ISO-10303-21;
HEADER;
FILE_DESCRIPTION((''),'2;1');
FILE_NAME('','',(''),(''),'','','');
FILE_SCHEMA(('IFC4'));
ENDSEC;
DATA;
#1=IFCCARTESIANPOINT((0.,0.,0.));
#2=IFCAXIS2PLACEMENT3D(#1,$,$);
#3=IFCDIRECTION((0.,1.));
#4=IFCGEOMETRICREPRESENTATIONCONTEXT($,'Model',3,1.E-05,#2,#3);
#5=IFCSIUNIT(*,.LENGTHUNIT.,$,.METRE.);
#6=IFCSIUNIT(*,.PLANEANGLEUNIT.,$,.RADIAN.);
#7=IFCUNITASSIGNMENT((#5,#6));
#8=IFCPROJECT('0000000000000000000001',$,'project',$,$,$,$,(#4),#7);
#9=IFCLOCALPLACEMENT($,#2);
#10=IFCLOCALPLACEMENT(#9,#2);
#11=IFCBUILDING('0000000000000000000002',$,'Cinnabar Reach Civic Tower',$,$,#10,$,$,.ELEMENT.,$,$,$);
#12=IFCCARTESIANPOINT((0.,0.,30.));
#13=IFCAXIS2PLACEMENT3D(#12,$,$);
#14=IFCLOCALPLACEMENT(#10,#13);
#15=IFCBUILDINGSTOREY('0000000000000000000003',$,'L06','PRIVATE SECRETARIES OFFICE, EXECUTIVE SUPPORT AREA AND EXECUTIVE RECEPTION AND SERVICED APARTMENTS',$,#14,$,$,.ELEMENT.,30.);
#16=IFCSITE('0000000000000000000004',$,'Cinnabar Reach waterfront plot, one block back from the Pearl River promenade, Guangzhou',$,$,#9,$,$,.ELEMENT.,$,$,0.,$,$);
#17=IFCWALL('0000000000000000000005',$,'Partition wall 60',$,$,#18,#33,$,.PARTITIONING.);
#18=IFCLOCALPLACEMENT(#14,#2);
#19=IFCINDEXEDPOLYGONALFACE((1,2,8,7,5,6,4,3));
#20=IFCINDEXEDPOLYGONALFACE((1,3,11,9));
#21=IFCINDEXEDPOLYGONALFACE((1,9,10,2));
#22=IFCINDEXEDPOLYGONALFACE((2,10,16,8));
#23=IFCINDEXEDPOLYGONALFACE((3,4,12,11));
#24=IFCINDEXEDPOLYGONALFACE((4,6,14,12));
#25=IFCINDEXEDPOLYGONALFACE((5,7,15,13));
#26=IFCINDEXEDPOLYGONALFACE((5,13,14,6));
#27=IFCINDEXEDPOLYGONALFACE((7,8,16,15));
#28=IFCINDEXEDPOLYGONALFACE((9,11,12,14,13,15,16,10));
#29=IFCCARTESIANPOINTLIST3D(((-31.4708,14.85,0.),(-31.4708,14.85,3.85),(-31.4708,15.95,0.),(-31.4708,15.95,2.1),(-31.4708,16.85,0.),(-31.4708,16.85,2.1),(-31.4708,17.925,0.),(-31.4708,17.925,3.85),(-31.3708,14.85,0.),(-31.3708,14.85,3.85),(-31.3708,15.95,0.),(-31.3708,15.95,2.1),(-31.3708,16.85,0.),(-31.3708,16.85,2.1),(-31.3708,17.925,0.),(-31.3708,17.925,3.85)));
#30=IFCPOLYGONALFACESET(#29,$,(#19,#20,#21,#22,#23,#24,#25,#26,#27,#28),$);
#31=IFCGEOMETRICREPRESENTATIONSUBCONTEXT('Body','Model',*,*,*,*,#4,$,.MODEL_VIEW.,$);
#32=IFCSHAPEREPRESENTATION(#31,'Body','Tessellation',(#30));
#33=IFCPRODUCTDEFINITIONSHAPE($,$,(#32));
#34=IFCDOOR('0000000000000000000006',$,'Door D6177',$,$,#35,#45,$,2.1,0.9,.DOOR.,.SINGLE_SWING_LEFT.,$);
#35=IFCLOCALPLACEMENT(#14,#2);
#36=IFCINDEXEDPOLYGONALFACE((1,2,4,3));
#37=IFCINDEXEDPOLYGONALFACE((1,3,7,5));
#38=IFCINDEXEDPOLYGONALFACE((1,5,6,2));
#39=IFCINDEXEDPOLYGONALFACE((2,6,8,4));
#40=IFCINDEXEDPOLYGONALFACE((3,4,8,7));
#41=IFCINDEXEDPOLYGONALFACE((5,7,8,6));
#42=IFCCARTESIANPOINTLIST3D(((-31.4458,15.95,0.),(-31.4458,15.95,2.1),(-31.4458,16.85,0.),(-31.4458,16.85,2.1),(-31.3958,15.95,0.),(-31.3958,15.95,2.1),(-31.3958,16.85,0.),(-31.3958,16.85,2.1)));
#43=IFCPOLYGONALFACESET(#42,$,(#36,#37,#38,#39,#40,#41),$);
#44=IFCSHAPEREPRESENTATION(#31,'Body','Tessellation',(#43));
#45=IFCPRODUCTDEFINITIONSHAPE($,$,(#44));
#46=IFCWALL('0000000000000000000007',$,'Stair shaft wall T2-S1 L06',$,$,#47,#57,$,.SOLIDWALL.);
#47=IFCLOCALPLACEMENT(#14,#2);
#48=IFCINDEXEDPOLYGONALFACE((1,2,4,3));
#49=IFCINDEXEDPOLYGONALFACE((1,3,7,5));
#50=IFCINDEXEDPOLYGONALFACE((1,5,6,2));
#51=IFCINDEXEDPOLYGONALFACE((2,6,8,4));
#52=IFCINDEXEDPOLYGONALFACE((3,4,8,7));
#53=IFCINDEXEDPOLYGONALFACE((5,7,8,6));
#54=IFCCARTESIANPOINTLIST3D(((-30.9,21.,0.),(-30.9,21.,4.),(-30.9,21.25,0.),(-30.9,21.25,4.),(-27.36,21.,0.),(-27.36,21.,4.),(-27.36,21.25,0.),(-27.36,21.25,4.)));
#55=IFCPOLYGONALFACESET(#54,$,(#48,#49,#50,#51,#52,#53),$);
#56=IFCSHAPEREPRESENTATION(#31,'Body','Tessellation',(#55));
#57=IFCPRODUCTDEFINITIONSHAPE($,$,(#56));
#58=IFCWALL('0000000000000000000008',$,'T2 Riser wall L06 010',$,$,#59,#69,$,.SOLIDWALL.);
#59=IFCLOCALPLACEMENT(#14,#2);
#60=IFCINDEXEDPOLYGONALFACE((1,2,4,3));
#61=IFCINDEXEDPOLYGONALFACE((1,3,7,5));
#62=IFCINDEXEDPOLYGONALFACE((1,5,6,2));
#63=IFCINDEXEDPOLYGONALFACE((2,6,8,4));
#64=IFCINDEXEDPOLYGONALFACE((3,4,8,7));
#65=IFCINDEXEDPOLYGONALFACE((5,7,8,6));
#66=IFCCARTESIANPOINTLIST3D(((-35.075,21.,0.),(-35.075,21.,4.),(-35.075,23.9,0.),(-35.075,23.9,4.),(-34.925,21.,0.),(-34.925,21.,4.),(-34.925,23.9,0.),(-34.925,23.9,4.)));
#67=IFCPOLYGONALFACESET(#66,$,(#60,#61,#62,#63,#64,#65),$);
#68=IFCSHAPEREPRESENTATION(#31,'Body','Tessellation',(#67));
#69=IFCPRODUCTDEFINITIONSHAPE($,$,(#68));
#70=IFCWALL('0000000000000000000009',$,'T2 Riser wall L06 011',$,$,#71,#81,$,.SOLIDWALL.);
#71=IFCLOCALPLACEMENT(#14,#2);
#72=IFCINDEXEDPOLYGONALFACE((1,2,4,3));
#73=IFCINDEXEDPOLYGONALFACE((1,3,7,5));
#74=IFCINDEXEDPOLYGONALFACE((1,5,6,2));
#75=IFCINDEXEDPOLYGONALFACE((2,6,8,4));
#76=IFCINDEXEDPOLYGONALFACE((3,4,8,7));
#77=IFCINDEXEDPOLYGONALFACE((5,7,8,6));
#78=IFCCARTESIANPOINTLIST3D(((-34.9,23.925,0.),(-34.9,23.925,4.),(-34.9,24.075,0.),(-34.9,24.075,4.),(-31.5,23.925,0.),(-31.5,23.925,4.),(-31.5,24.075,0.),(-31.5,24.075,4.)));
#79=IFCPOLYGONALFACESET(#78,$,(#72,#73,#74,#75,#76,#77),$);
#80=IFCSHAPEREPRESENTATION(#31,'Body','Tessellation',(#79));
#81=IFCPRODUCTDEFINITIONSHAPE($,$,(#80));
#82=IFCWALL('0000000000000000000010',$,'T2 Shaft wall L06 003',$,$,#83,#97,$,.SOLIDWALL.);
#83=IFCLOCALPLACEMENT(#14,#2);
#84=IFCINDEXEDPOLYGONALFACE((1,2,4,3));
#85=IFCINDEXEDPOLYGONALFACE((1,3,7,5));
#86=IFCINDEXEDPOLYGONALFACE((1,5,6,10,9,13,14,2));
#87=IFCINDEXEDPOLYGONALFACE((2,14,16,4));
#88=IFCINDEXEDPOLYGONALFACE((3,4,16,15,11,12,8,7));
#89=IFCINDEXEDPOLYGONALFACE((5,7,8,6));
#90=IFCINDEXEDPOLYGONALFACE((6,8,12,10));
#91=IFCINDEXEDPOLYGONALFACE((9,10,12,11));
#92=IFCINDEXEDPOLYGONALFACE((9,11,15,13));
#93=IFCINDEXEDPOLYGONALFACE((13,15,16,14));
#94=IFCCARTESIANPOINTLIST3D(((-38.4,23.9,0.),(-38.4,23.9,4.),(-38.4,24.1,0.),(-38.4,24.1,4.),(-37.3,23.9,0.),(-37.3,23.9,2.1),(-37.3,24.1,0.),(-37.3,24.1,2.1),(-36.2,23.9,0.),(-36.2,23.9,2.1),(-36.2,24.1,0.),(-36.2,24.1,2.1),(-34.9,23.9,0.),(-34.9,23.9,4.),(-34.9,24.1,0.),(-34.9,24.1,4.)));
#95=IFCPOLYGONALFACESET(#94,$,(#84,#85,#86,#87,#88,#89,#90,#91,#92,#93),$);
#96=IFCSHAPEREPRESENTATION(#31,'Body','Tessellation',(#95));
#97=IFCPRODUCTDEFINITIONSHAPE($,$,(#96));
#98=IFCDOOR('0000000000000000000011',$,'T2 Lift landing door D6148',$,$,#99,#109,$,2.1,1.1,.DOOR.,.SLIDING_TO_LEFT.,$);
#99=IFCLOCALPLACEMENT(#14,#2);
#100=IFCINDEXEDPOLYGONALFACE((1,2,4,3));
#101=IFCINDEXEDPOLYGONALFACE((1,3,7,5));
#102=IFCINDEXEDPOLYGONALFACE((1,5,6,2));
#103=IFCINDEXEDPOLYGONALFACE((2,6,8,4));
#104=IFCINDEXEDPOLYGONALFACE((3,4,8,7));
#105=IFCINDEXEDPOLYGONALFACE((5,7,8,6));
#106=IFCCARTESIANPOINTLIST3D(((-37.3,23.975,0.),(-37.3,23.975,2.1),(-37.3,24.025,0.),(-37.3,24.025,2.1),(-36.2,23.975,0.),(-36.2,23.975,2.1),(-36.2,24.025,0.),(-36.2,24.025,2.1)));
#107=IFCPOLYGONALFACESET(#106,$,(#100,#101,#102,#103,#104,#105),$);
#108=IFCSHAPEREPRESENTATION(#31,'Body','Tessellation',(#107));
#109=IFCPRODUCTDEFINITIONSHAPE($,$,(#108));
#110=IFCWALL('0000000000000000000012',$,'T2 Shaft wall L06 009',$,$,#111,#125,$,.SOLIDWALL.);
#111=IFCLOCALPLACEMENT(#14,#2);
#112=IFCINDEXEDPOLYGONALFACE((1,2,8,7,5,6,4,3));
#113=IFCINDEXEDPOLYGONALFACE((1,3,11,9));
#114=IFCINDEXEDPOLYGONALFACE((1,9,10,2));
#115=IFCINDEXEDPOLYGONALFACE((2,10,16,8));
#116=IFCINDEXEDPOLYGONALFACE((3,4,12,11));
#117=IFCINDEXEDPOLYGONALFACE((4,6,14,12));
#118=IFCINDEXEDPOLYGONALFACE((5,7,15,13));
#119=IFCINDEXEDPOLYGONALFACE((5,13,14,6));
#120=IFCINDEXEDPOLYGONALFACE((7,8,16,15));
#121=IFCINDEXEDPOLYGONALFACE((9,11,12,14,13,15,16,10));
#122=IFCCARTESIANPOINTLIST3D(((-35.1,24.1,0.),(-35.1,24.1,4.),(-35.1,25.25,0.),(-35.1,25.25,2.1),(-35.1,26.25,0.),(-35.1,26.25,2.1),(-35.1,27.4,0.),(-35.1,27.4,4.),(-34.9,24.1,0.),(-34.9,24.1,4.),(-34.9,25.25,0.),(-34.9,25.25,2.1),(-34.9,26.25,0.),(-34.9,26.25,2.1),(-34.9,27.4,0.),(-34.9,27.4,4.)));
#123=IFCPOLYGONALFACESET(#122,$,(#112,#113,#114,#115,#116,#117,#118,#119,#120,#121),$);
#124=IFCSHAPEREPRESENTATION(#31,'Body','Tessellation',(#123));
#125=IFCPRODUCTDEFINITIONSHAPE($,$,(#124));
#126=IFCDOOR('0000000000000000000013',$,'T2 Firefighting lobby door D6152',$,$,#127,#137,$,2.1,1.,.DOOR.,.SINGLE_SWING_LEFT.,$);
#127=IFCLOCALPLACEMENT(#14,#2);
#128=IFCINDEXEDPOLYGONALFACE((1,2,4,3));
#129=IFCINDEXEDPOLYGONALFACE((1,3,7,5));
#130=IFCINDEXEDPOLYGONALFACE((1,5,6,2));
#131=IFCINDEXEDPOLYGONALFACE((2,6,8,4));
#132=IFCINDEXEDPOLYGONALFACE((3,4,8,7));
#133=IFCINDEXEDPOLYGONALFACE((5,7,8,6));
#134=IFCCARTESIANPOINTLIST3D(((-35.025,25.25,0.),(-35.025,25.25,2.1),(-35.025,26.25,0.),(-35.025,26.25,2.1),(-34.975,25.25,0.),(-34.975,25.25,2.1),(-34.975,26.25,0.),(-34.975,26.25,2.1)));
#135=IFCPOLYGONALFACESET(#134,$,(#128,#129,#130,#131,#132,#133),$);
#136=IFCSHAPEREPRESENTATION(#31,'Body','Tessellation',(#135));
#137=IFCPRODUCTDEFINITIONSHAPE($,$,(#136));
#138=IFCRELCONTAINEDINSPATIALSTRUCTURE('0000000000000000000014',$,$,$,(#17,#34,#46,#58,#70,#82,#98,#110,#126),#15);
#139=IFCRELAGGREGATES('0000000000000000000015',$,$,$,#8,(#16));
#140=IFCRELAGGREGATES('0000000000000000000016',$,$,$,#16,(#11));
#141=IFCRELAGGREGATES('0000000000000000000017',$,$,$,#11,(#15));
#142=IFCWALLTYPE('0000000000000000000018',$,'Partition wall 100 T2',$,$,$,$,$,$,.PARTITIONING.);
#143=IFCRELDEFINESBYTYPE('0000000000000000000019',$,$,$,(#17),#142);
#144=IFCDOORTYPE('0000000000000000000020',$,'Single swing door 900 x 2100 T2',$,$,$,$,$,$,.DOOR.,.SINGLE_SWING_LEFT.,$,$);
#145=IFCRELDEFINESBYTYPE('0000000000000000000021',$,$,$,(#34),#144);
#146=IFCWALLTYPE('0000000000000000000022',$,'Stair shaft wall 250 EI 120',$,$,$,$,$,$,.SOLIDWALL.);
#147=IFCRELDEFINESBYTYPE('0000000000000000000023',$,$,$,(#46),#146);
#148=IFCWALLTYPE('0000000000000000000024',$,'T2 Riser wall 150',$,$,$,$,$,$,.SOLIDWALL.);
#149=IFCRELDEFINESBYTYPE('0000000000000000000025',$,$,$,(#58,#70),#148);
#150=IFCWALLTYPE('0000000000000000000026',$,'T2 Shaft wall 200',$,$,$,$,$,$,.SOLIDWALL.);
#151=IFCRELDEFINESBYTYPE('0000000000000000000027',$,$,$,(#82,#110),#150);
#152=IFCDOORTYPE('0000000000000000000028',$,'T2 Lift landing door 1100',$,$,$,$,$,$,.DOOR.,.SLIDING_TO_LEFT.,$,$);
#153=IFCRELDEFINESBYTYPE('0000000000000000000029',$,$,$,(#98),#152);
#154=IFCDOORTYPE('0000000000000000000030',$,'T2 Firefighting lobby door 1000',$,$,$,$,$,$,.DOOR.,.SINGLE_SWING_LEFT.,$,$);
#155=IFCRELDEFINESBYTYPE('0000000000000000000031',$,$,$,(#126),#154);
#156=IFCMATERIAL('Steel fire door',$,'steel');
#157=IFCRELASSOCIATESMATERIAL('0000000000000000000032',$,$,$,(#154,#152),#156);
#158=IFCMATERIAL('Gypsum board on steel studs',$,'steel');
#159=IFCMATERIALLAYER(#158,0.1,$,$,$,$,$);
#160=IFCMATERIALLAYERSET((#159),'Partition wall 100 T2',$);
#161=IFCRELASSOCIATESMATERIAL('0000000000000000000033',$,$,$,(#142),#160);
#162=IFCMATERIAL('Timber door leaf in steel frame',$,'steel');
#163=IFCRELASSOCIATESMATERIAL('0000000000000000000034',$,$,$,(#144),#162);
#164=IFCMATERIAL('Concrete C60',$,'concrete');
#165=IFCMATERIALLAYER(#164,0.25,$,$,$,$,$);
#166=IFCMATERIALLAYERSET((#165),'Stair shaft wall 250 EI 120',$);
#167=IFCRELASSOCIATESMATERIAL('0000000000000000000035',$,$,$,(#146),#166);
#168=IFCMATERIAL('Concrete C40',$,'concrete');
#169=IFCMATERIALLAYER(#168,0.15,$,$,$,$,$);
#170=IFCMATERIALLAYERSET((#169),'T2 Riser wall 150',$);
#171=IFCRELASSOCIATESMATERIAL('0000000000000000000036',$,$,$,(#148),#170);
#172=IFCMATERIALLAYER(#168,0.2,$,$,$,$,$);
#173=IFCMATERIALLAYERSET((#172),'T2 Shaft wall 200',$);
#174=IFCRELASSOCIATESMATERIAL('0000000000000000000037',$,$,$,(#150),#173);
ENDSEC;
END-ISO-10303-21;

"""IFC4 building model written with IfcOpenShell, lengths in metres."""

from ifc_helpers import new_model, si_unit, direction, frame, frame_2d, origin, place, context, subcontext, project, spatial, rectangle, extrude, material, layer, layer_set, type_object, element, fill, save


model = new_model("IFC4")

# Units and contexts
model_context = context("Model", 3, precision=1e-05, world=origin(), true_north=direction((0.0, 1.0)))
body_context = subcontext(model_context, "Body", "Model", "MODEL_VIEW")
ifc_project = project(units=[si_unit("LENGTHUNIT", "METRE"), si_unit("PLANEANGLEUNIT", "RADIAN")], contexts=[model_context])

# Site, building, storey
site_placement = place(None, origin())
site = spatial("IfcSite", under=ifc_project, at=site_placement, Name="Cinnabar Reach waterfront plot, one block back from the Pearl River promenade, Guangzhou", CompositionType="ELEMENT", RefElevation=0.0)
building_placement = place(site_placement, origin())
building = spatial("IfcBuilding", under=site, at=building_placement, Name="Cinnabar Reach Civic Tower", CompositionType="ELEMENT")
storey_placement = place(building_placement, frame((0.0, 0.0, 30.0)))
storey = spatial("IfcBuildingStorey", under=building, at=storey_placement, Name="L06", Description="PRIVATE SECRETARIES OFFICE, EXECUTIVE SUPPORT AREA AND EXECUTIVE RECEPTION AND SERVICED APARTMENTS", CompositionType="ELEMENT", Elevation=30.0)

# Wall, opening, door
ifc_material_1 = material(Name="Steel fire door", Category="steel")
door_type_1 = type_object("IfcDoorType", Name="T2 Firefighting lobby door 1000", OperationType="SINGLE_SWING_LEFT", PredefinedType="DOOR", material=ifc_material_1)
ifc_material_2 = material(Name="Gypsum board on steel studs", Category="steel")
ifc_layer_1 = layer(ifc_material_2, 0.1)
ifc_layer_set_1 = layer_set([ifc_layer_1], Name="Partition wall 100 T2")
wall_type_1 = type_object("IfcWallType", Name="Partition wall 100 T2", PredefinedType="PARTITIONING", material=ifc_layer_set_1)
ifc_material_3 = material(Name="Timber door leaf in steel frame", Category="steel")
door_type_2 = type_object("IfcDoorType", Name="Single swing door 900 x 2100 T2", OperationType="SINGLE_SWING_LEFT", PredefinedType="DOOR", material=ifc_material_3)
wall_1_placement = place(storey_placement, frame((-31.4208, 14.85, 0.0), z_axis=(0.0, 0.0, 1.0), x_axis=(0.0, 1.0, 0.0)))
wall_1 = element("IfcWall", 1, at=wall_1_placement, inside=storey, type_object=wall_type_1, Name="Partition wall 60", PredefinedType="PARTITIONING", context=body_context, shape_type="SweptSolid", body=[
    extrude(rectangle(XDim=3.075, YDim=0.1, at=frame_2d((1.5375, 0.0))), origin(), (0.0, 0.0, 1.0), 3.85),
])
opening_1_placement = place(wall_1_placement, frame((1.1, 0.0, 0.0)))
opening_1 = element("IfcOpeningElement", 2, at=opening_1_placement, cuts=wall_1, PredefinedType="OPENING", context=body_context, shape_type="SweptSolid", body=[
    extrude(rectangle(XDim=0.9, YDim=2.1, at=frame_2d((0.45, 1.05))), frame((0.0, 0.06, 0.0), z_axis=(0.0, -1.0, 0.0), x_axis=(1.0, 0.0, 0.0)), (0.0, 0.0, 1.0), 0.12),
])
door_1_placement = place(opening_1_placement, origin())
door_1 = element("IfcDoor", 3, at=door_1_placement, inside=storey, type_object=door_type_2, Name="Door D6177", OperationType="SINGLE_SWING_LEFT", OverallHeight=2.1, OverallWidth=0.9, PredefinedType="DOOR", context=body_context, shape_type="SweptSolid", body=[
    extrude(rectangle(XDim=0.9, YDim=2.1, at=frame_2d((0.45, 1.05))), frame((0.0, 0.025, 0.0), z_axis=(0.0, -1.0, 0.0), x_axis=(1.0, 0.0, 0.0)), (0.0, 0.0, 1.0), 0.05),
])
fill(opening_1, door_1)

# Walls
ifc_material_4 = material(Name="Concrete C60", Category="concrete")
ifc_layer_2 = layer(ifc_material_4, 0.25)
ifc_layer_set_2 = layer_set([ifc_layer_2], Name="Stair shaft wall 250 EI 120")
wall_type_2 = type_object("IfcWallType", Name="Stair shaft wall 250 EI 120", PredefinedType="SOLIDWALL", material=ifc_layer_set_2)
wall_2_placement = place(storey_placement, frame((-30.9, 21.125, 0.0), z_axis=(0.0, 0.0, 1.0), x_axis=(1.0, 0.0, 0.0)))
element("IfcWall", 4, at=wall_2_placement, inside=storey, type_object=wall_type_2, Name="Stair shaft wall T2-S1 L06", PredefinedType="SOLIDWALL", context=body_context, shape_type="SweptSolid", body=[
    extrude(rectangle(XDim=3.54, YDim=0.25, at=frame_2d((1.77, 0.0))), origin(), (0.0, 0.0, 1.0), 4.0),
])
ifc_material_5 = material(Name="Concrete C40", Category="concrete")
ifc_layer_3 = layer(ifc_material_5, 0.15)
ifc_layer_set_3 = layer_set([ifc_layer_3], Name="T2 Riser wall 150")
wall_type_3 = type_object("IfcWallType", Name="T2 Riser wall 150", PredefinedType="SOLIDWALL", material=ifc_layer_set_3)
wall_3_placement = place(storey_placement, frame((-35.0, 21.0, 0.0), z_axis=(0.0, 0.0, 1.0), x_axis=(0.0, 1.0, 0.0)))
element("IfcWall", 5, at=wall_3_placement, inside=storey, type_object=wall_type_3, Name="T2 Riser wall L06 010", PredefinedType="SOLIDWALL", context=body_context, shape_type="SweptSolid", body=[
    extrude(rectangle(XDim=2.9, YDim=0.15, at=frame_2d((1.45, 0.0))), origin(), (0.0, 0.0, 1.0), 4.0),
])
wall_4_placement = place(storey_placement, frame((-31.5, 24.0, 0.0), z_axis=(0.0, 0.0, 1.0), x_axis=(-1.0, 0.0, 0.0)))
element("IfcWall", 6, at=wall_4_placement, inside=storey, type_object=wall_type_3, Name="T2 Riser wall L06 011", PredefinedType="SOLIDWALL", context=body_context, shape_type="SweptSolid", body=[
    extrude(rectangle(XDim=3.4, YDim=0.15, at=frame_2d((1.7, 0.0))), origin(), (0.0, 0.0, 1.0), 4.0),
])

# Walls, openings, doors
ifc_layer_4 = layer(ifc_material_5, 0.2)
ifc_layer_set_4 = layer_set([ifc_layer_4], Name="T2 Shaft wall 200")
wall_type_4 = type_object("IfcWallType", Name="T2 Shaft wall 200", PredefinedType="SOLIDWALL", material=ifc_layer_set_4)
wall_5_placement = place(storey_placement, frame((-34.9, 24.0, 0.0), z_axis=(0.0, 0.0, 1.0), x_axis=(-1.0, 0.0, 0.0)))
wall_5 = element("IfcWall", 7, at=wall_5_placement, inside=storey, type_object=wall_type_4, Name="T2 Shaft wall L06 003", PredefinedType="SOLIDWALL", context=body_context, shape_type="SweptSolid", body=[
    extrude(rectangle(XDim=3.5, YDim=0.2, at=frame_2d((1.75, 0.0))), origin(), (0.0, 0.0, 1.0), 4.0),
])
opening_2_placement = place(wall_5_placement, frame((1.3, 0.0, 0.0)))
opening_2 = element("IfcOpeningElement", 8, at=opening_2_placement, cuts=wall_5, PredefinedType="OPENING", context=body_context, shape_type="SweptSolid", body=[
    extrude(rectangle(XDim=1.1, YDim=2.1, at=frame_2d((0.55, 1.05))), frame((0.0, 0.11, 0.0), z_axis=(0.0, -1.0, 0.0), x_axis=(1.0, 0.0, 0.0)), (0.0, 0.0, 1.0), 0.22),
])
door_type_3 = type_object("IfcDoorType", Name="T2 Lift landing door 1100", OperationType="SLIDING_TO_LEFT", PredefinedType="DOOR", material=ifc_material_1)
door_2_placement = place(opening_2_placement, origin())
door_2 = element("IfcDoor", 9, at=door_2_placement, inside=storey, type_object=door_type_3, Name="T2 Lift landing door D6148", OperationType="SLIDING_TO_LEFT", OverallHeight=2.1, OverallWidth=1.1, PredefinedType="DOOR", context=body_context, shape_type="SweptSolid", body=[
    extrude(rectangle(XDim=1.1, YDim=2.1, at=frame_2d((0.55, 1.05))), frame((0.0, 0.025, 0.0), z_axis=(0.0, -1.0, 0.0), x_axis=(1.0, 0.0, 0.0)), (0.0, 0.0, 1.0), 0.05),
])
fill(opening_2, door_2)
wall_6_placement = place(storey_placement, frame((-35.0, 24.1, 0.0), z_axis=(0.0, 0.0, 1.0), x_axis=(0.0, 1.0, 0.0)))
wall_6 = element("IfcWall", 10, at=wall_6_placement, inside=storey, type_object=wall_type_4, Name="T2 Shaft wall L06 009", PredefinedType="SOLIDWALL", context=body_context, shape_type="SweptSolid", body=[
    extrude(rectangle(XDim=3.3, YDim=0.2, at=frame_2d((1.65, 0.0))), origin(), (0.0, 0.0, 1.0), 4.0),
])
opening_3_placement = place(wall_6_placement, frame((1.15, 0.0, 0.0)))
opening_3 = element("IfcOpeningElement", 11, at=opening_3_placement, cuts=wall_6, PredefinedType="OPENING", context=body_context, shape_type="SweptSolid", body=[
    extrude(rectangle(XDim=1.0, YDim=2.1, at=frame_2d((0.5, 1.05))), frame((0.0, 0.11, 0.0), z_axis=(0.0, -1.0, 0.0), x_axis=(1.0, 0.0, 0.0)), (0.0, 0.0, 1.0), 0.22),
])
door_3_placement = place(opening_3_placement, origin())
door_3 = element("IfcDoor", 12, at=door_3_placement, inside=storey, type_object=door_type_1, Name="T2 Firefighting lobby door D6152", OperationType="SINGLE_SWING_LEFT", OverallHeight=2.1, OverallWidth=1.0, PredefinedType="DOOR", context=body_context, shape_type="SweptSolid", body=[
    extrude(rectangle(XDim=1.0, YDim=2.1, at=frame_2d((0.5, 1.05))), frame((0.0, 0.025, 0.0), z_axis=(0.0, -1.0, 0.0), x_axis=(1.0, 0.0, 0.0)), (0.0, 0.0, 1.0), 0.05),
])
fill(opening_3, door_3)

save(model, "model.ifc")
